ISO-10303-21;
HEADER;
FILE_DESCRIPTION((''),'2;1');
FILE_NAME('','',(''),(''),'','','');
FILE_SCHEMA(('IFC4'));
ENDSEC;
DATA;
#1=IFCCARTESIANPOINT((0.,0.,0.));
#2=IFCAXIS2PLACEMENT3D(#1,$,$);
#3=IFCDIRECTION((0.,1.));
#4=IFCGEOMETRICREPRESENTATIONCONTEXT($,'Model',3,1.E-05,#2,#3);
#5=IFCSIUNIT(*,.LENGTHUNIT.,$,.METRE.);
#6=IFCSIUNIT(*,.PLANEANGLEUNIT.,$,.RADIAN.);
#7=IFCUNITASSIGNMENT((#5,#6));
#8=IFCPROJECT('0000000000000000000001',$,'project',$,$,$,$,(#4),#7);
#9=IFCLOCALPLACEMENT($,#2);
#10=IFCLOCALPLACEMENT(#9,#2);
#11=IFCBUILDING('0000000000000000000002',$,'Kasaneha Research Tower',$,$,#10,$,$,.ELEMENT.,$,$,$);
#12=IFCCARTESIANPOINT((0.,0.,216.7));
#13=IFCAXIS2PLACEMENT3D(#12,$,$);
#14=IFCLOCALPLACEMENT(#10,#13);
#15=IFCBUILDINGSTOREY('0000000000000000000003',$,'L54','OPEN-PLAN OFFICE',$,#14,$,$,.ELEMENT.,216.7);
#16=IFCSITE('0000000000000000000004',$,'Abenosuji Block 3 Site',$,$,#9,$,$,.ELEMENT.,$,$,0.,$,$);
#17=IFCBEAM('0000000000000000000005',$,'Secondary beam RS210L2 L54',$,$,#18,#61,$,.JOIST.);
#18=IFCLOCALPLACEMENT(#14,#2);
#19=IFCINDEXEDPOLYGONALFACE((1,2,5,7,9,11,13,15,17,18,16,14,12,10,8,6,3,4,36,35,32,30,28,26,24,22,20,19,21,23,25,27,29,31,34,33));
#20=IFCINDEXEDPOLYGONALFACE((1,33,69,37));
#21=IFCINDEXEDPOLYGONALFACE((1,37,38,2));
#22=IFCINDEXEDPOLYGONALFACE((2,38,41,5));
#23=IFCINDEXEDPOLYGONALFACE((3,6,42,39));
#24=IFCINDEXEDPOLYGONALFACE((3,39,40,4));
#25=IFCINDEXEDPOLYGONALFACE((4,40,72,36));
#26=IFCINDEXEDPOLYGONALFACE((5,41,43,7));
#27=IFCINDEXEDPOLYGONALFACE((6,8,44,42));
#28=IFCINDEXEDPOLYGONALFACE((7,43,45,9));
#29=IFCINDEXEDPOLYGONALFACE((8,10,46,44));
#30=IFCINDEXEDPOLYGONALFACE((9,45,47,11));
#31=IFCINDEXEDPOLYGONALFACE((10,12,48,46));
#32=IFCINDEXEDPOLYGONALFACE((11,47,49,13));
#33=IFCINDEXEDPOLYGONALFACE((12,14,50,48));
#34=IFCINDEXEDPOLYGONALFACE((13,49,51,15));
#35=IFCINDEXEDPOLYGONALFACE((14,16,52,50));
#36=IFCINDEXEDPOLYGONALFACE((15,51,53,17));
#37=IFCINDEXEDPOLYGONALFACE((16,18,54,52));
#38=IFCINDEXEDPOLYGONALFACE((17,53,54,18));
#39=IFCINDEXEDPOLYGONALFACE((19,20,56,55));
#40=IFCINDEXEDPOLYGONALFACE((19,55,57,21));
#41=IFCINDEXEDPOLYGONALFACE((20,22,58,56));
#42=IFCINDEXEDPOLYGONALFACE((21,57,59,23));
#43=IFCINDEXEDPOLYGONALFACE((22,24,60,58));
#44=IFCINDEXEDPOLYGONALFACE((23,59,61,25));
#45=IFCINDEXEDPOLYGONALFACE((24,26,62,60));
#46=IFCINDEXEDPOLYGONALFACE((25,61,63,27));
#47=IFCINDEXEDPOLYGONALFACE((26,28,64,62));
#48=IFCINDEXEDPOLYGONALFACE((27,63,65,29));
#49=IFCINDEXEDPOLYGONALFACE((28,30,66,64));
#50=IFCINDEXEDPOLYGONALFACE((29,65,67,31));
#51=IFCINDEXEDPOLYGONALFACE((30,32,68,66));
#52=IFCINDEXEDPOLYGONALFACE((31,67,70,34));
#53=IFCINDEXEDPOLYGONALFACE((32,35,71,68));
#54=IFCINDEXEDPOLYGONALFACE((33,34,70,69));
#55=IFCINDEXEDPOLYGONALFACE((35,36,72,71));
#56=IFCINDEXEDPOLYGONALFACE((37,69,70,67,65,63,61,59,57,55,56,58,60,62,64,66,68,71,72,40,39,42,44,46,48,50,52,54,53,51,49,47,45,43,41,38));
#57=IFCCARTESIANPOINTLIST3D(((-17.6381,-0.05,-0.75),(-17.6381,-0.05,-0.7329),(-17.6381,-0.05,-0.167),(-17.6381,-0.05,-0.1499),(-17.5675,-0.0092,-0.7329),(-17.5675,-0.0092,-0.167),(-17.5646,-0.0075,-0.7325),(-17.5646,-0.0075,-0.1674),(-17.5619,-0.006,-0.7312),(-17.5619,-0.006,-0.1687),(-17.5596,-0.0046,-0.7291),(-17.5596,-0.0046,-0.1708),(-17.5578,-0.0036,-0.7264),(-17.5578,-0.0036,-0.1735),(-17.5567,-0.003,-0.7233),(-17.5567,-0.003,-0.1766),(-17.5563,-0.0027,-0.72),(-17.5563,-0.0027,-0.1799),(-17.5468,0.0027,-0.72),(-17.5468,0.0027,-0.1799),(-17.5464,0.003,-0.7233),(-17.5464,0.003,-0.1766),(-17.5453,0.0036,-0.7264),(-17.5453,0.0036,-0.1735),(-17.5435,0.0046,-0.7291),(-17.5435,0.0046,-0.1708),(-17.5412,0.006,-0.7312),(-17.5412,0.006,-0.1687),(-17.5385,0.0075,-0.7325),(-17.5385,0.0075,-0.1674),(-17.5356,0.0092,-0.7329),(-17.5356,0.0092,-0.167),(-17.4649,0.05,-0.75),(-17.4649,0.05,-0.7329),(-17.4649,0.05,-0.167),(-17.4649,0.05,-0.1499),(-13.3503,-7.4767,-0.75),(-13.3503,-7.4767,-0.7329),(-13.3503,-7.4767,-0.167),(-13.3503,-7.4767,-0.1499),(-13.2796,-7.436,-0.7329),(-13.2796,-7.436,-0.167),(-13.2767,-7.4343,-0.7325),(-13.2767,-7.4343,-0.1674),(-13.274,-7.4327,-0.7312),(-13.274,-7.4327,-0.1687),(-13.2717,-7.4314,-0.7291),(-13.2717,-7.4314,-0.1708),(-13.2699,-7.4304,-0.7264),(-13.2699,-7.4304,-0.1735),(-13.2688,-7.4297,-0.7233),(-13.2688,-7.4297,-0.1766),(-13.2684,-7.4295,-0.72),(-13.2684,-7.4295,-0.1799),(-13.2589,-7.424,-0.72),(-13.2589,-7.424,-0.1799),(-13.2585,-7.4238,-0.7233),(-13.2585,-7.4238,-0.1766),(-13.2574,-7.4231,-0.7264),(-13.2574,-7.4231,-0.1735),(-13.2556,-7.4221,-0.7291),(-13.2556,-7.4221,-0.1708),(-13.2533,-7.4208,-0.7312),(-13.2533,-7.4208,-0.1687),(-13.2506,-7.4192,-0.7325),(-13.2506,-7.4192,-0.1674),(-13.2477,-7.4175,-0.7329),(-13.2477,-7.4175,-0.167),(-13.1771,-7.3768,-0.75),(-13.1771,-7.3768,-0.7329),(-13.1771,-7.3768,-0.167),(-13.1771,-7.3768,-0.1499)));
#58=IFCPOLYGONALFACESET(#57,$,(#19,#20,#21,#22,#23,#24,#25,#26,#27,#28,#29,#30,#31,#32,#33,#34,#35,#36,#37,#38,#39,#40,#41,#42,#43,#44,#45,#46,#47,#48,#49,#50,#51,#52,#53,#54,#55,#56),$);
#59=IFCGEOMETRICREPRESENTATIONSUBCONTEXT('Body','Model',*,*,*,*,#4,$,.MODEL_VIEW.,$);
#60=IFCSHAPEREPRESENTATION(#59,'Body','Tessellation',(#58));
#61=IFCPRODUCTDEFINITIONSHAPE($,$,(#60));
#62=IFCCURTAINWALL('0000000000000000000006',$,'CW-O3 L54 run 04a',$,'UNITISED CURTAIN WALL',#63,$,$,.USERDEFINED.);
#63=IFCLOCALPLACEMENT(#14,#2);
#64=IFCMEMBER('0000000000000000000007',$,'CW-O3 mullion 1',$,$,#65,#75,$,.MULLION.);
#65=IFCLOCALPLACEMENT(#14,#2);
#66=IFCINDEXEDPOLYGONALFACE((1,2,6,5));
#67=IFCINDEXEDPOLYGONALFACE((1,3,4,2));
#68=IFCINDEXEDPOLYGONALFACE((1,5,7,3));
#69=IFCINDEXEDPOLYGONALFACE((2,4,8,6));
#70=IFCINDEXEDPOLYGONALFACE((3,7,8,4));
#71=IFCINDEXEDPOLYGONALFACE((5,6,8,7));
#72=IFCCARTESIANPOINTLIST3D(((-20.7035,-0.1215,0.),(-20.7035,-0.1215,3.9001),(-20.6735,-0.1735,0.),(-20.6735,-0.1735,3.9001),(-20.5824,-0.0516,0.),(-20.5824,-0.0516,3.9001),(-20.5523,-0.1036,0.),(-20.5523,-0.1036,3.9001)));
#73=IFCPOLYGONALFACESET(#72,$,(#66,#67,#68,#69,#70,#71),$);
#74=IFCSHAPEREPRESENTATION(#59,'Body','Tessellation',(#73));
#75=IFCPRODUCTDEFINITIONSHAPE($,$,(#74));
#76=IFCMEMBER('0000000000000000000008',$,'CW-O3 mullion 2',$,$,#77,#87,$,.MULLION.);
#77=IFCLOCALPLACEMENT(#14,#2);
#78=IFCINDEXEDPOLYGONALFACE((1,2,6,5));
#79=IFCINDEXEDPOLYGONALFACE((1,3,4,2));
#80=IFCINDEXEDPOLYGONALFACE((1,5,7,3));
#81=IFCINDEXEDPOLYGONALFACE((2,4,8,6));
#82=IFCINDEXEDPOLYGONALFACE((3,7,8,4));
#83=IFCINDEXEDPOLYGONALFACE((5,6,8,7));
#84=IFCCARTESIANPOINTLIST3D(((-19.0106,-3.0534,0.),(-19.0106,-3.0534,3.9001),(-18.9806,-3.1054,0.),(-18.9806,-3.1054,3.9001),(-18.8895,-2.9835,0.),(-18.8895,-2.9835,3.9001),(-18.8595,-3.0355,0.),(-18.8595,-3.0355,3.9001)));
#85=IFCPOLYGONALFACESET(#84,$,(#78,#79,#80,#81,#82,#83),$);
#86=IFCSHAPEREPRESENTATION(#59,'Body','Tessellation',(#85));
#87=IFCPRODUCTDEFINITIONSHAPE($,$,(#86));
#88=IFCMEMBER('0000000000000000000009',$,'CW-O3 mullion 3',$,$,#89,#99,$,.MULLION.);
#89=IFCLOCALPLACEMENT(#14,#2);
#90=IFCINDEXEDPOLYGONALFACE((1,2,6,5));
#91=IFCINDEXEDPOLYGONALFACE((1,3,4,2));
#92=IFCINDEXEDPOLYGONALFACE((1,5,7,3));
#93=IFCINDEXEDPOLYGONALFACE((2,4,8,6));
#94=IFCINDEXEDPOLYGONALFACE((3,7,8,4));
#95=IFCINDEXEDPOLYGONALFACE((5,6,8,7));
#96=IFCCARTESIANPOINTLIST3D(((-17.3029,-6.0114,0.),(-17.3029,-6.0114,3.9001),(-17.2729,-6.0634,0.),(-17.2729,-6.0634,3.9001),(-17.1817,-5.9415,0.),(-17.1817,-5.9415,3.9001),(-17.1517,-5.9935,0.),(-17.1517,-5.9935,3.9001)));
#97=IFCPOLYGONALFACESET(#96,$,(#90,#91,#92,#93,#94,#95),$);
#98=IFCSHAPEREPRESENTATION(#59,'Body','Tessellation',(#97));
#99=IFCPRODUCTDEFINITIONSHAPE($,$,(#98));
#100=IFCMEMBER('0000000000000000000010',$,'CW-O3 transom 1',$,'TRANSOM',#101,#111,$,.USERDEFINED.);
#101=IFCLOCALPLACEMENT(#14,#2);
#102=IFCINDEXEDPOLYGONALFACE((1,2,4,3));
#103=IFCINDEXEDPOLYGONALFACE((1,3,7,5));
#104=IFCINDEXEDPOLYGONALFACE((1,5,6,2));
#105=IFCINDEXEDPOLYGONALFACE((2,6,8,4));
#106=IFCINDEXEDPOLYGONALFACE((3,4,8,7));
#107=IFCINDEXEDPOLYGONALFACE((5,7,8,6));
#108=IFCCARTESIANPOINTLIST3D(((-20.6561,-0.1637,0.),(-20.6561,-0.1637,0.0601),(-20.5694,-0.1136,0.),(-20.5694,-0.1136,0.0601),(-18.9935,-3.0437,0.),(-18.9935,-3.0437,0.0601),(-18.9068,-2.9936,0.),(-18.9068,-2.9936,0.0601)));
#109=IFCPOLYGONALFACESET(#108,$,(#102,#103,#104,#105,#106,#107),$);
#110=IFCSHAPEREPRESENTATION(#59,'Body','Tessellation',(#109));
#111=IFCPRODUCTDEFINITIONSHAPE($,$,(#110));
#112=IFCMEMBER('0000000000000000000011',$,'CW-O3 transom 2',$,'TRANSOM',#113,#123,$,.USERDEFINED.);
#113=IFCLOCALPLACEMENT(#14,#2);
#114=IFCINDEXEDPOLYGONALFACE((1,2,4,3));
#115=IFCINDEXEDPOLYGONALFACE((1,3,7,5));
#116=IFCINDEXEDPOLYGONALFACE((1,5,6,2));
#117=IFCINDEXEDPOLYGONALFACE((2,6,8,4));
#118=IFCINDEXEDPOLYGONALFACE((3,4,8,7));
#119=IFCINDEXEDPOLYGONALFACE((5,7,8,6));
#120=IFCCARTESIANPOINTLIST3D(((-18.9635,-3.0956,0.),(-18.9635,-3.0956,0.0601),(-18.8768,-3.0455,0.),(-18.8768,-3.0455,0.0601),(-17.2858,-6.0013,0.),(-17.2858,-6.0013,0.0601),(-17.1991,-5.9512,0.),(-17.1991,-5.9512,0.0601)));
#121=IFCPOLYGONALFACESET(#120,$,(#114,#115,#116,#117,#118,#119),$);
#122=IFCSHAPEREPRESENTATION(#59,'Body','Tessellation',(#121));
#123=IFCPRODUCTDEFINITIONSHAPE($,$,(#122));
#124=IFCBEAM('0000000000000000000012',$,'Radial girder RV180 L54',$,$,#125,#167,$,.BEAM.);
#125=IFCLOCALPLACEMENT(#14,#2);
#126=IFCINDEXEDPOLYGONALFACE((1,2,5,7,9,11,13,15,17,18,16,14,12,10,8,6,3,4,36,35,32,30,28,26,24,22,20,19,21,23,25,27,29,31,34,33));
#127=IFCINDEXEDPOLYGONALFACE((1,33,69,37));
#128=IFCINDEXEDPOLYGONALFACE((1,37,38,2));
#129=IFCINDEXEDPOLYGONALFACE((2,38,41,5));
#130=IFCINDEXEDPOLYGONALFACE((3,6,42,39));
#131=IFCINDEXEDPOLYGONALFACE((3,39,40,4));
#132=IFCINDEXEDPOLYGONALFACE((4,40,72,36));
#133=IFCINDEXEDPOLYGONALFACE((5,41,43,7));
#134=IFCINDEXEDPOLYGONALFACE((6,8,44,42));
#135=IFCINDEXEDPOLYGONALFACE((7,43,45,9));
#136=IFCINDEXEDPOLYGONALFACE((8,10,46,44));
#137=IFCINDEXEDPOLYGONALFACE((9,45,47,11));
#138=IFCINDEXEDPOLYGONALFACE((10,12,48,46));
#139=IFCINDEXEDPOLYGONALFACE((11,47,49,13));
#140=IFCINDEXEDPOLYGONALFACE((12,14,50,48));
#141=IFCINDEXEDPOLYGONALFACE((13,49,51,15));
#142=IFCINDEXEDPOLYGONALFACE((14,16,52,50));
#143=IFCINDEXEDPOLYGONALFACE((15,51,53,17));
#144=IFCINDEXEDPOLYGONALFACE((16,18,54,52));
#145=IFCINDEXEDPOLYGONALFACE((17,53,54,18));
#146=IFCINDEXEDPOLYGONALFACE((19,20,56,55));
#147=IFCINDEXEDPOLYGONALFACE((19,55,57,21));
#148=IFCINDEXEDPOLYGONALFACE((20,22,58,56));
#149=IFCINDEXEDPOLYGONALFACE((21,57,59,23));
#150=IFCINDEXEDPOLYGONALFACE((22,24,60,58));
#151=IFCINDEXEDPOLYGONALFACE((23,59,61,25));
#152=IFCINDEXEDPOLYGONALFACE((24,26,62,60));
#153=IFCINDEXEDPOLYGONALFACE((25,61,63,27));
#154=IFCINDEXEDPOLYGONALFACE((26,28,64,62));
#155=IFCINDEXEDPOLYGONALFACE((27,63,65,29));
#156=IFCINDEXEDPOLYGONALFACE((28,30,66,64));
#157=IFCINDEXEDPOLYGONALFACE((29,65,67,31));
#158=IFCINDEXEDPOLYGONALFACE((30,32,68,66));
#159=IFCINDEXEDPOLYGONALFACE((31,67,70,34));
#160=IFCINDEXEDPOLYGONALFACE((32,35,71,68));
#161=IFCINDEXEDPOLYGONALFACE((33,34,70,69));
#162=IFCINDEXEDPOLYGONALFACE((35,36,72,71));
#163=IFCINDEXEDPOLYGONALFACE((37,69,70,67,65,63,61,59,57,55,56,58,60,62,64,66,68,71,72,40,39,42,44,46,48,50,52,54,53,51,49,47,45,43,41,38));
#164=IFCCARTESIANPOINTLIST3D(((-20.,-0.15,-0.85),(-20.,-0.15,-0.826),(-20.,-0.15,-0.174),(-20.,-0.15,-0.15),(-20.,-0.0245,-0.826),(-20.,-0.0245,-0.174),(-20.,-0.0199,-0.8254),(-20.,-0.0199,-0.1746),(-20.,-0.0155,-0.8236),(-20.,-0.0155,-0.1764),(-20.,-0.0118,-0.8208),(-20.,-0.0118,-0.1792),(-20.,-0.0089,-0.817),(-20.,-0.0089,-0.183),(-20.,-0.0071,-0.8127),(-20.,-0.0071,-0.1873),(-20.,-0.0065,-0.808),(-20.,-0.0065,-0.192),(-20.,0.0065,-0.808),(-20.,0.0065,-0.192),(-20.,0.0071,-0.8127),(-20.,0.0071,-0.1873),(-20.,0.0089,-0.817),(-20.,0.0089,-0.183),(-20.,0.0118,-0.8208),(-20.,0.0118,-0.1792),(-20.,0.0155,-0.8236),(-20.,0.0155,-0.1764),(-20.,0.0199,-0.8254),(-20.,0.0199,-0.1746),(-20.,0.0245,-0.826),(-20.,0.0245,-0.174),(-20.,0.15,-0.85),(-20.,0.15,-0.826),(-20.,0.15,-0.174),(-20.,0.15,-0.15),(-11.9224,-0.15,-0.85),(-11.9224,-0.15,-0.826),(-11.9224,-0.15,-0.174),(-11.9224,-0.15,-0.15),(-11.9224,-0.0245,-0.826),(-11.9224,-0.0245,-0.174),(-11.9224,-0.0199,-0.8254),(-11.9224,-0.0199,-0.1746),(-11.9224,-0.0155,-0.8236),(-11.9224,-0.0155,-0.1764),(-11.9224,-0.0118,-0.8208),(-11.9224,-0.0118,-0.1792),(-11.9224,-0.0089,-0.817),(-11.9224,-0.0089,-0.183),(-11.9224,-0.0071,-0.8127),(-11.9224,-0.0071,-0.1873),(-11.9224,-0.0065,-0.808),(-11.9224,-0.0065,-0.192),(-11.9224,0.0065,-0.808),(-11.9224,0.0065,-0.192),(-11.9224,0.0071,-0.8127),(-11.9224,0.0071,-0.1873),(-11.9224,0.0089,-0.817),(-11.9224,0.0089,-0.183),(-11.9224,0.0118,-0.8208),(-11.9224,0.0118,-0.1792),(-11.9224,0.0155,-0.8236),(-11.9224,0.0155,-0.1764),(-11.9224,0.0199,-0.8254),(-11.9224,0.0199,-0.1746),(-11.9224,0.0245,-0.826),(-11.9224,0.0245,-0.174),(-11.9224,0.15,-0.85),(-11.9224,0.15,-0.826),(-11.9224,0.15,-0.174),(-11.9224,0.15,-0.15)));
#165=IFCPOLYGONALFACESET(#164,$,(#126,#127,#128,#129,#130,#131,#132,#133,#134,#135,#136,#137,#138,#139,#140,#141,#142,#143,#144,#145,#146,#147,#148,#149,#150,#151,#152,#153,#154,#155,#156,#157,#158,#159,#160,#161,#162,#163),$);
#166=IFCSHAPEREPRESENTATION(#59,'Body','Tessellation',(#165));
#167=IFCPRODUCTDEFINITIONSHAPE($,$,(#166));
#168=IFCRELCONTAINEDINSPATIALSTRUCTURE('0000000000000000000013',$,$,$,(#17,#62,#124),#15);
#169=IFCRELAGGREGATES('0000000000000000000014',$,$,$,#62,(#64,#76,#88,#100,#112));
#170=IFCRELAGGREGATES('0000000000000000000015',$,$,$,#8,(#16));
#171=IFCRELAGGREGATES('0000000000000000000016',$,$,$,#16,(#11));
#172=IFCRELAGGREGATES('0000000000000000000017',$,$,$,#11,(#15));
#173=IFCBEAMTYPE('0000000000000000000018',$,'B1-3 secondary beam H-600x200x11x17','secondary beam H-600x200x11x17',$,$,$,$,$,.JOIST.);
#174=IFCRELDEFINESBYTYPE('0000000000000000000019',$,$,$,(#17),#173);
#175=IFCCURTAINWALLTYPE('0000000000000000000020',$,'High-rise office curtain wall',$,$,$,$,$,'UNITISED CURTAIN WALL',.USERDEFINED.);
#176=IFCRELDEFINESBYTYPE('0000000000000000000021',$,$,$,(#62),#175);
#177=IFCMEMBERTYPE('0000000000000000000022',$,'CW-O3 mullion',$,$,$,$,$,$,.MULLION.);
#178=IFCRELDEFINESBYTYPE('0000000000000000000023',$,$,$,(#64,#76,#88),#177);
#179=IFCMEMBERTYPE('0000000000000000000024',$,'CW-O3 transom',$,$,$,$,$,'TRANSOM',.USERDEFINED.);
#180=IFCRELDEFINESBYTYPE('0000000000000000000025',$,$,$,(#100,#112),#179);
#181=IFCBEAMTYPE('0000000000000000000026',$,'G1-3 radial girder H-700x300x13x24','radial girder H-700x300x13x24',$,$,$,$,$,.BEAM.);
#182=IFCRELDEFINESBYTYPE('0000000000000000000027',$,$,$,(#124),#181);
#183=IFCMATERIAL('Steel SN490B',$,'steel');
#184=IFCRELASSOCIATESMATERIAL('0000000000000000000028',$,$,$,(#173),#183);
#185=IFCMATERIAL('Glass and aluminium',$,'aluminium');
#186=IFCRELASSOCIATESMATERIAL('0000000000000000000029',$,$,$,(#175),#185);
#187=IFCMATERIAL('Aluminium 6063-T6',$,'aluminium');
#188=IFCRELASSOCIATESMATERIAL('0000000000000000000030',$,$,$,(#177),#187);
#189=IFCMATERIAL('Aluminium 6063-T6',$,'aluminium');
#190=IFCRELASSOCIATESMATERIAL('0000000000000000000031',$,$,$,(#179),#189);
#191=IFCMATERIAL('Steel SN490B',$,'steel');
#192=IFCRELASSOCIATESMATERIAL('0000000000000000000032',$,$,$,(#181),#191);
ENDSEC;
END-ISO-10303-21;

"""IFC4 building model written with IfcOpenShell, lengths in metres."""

from ifc_helpers import new_model, si_unit, direction, frame, origin, origin_2d, place, context, subcontext, project, spatial, rectangle, i_section, extrude, material, material_profile, profile_set, type_object, element, aggregate, save


model = new_model("IFC4")

# Units and contexts
model_context = context("Model", 3, precision=1e-05, world=origin(), true_north=direction((0.0, 1.0)))
body_context = subcontext(model_context, "Body", "Model", "MODEL_VIEW")
ifc_project = project(units=[si_unit("LENGTHUNIT", "METRE"), si_unit("PLANEANGLEUNIT", "RADIAN")], contexts=[model_context])

# Site, building, storey
site_placement = place(None, origin())
site = spatial("IfcSite", under=ifc_project, at=site_placement, Name="Abenosuji Block 3 Site", CompositionType="ELEMENT", RefElevation=0.0)
building_placement = place(site_placement, origin())
building = spatial("IfcBuilding", under=site, at=building_placement, Name="Kasaneha Research Tower", CompositionType="ELEMENT")
storey_placement = place(building_placement, frame((0.0, 0.0, 216.7)))
storey = spatial("IfcBuildingStorey", under=building, at=storey_placement, Name="L54", Description="OPEN-PLAN OFFICE", CompositionType="ELEMENT", Elevation=216.7)

# Beam
ifc_material_1 = material(Name="Steel SN490B", Category="steel")
ifc_material_profile_1 = material_profile(ifc_material_1, i_section(OverallWidth=0.2, OverallDepth=0.6001, WebThickness=0.011, FlangeThickness=0.0171, FilletRadius=0.0129, at=origin_2d()), Name="H-600x200x11x17")
ifc_profile_set_1 = profile_set([ifc_material_profile_1], Name="Steel SN490B")
beam_type_1 = type_object("IfcBeamType", Name="B1-3 secondary beam H-600x200x11x17", Description="secondary beam H-600x200x11x17", PredefinedType="JOIST", material=ifc_profile_set_1)
beam_1_placement = place(storey_placement, frame((-17.5515, 0.0, -0.45), z_axis=(0.5, -0.866025, 0.0), x_axis=(0.866025, 0.5, 0.0)))
element("IfcBeam", 1, at=beam_1_placement, inside=storey, type_object=beam_type_1, Name="Secondary beam RS210L2 L54", PredefinedType="JOIST", context=body_context, shape_type="SweptSolid", body=[
    extrude(i_section(OverallWidth=0.2, OverallDepth=0.6001, WebThickness=0.011, FlangeThickness=0.0171, FilletRadius=0.0129, at=origin_2d()), origin(), (0.0, 0.0, 1.0), 8.5757),
])

# Curtain wall, members
ifc_material_2 = material(Name="Glass and aluminium", Category="aluminium")
curtain_wall_type = type_object("IfcCurtainWallType", Name="High-rise office curtain wall", ElementType="UNITISED CURTAIN WALL", PredefinedType="USERDEFINED", material=ifc_material_2)
curtain_wall_placement = place(storey_placement, origin())
curtain_wall = element("IfcCurtainWall", 2, at=curtain_wall_placement, inside=storey, type_object=curtain_wall_type, Name="CW-O3 L54 run 04a", ObjectType="UNITISED CURTAIN WALL", PredefinedType="USERDEFINED")
ifc_material_3 = material(Name="Aluminium 6063-T6", Category="aluminium")
ifc_material_profile_2 = material_profile(ifc_material_3, rectangle(XDim=0.0601, YDim=0.1399, at=origin_2d()), Name="CW-O3 mullion 60x140")
ifc_profile_set_2 = profile_set([ifc_material_profile_2], Name="Aluminium 6063-T6")
member_type_1 = type_object("IfcMemberType", Name="CW-O3 mullion", PredefinedType="MULLION", material=ifc_profile_set_2)
member_1_placement = place(storey_placement, frame((-20.6279, -0.1125, 0.0), z_axis=(0.0, 0.0, 1.0), x_axis=(0.5, -0.866025, 0.0)))
member_1 = element("IfcMember", 3, at=member_1_placement, type_object=member_type_1, Name="CW-O3 mullion 1", PredefinedType="MULLION", context=body_context, shape_type="SweptSolid", body=[
    extrude(rectangle(XDim=0.0601, YDim=0.1399, at=origin_2d()), origin(), (0.0, 0.0, 1.0), 3.9001),
])
member_2_placement = place(storey_placement, frame((-18.9351, -3.0444, 0.0), z_axis=(0.0, 0.0, 1.0), x_axis=(0.5, -0.866025, 0.0)))
member_2 = element("IfcMember", 4, at=member_2_placement, type_object=member_type_1, Name="CW-O3 mullion 2", PredefinedType="MULLION", context=body_context, shape_type="SweptSolid", body=[
    extrude(rectangle(XDim=0.0601, YDim=0.1399, at=origin_2d()), origin(), (0.0, 0.0, 1.0), 3.9001),
])
member_3_placement = place(storey_placement, frame((-17.2273, -6.0024, 0.0), z_axis=(0.0, 0.0, 1.0), x_axis=(0.5, -0.866025, 0.0)))
member_3 = element("IfcMember", 5, at=member_3_placement, type_object=member_type_1, Name="CW-O3 mullion 3", PredefinedType="MULLION", context=body_context, shape_type="SweptSolid", body=[
    extrude(rectangle(XDim=0.0601, YDim=0.1399, at=origin_2d()), origin(), (0.0, 0.0, 1.0), 3.9001),
])
ifc_material_4 = material(Name="Aluminium 6063-T6", Category="aluminium")
ifc_material_profile_3 = material_profile(ifc_material_4, rectangle(XDim=0.1001, YDim=0.0601, at=origin_2d()), Name="CW-O3 transom 100x60")
ifc_profile_set_3 = profile_set([ifc_material_profile_3], Name="Aluminium 6063-T6")
member_type_2 = type_object("IfcMemberType", Name="CW-O3 transom", ElementType="TRANSOM", PredefinedType="USERDEFINED", material=ifc_profile_set_3)
member_4_placement = place(storey_placement, frame((-20.6128, -0.1387, 0.03), z_axis=(0.499977, -0.866039, 0.0), x_axis=(0.866039, 0.499977, 0.0)))
member_4 = element("IfcMember", 6, at=member_4_placement, type_object=member_type_2, Name="CW-O3 transom 1", ObjectType="TRANSOM", PredefinedType="USERDEFINED", context=body_context, shape_type="SweptSolid", body=[
    extrude(rectangle(XDim=0.1001, YDim=0.0601, at=origin_2d()), origin(), (0.0, 0.0, 1.0), 3.3254),
])
member_5_placement = place(storey_placement, frame((-18.9202, -3.0706, 0.03), z_axis=(0.500021, -0.866014, 0.0), x_axis=(0.866014, 0.500021, 0.0)))
member_5 = element("IfcMember", 7, at=member_5_placement, type_object=member_type_2, Name="CW-O3 transom 2", ObjectType="TRANSOM", PredefinedType="USERDEFINED", context=body_context, shape_type="SweptSolid", body=[
    extrude(rectangle(XDim=0.1001, YDim=0.0601, at=origin_2d()), origin(), (0.0, 0.0, 1.0), 3.3552),
])

# Beam
ifc_material_5 = material(Name="Steel SN490B", Category="steel")
ifc_material_profile_4 = material_profile(ifc_material_5, i_section(OverallWidth=0.3, OverallDepth=0.7, WebThickness=0.0129, FlangeThickness=0.0239, FilletRadius=0.0181, at=origin_2d()), Name="H-700x300x13x24")
ifc_profile_set_4 = profile_set([ifc_material_profile_4], Name="Steel SN490B")
beam_type_2 = type_object("IfcBeamType", Name="G1-3 radial girder H-700x300x13x24", Description="radial girder H-700x300x13x24", PredefinedType="BEAM", material=ifc_profile_set_4)
beam_2_placement = place(storey_placement, frame((-11.9224, 0.0, -0.5), z_axis=(-1.0, 0.0, 0.0), x_axis=(0.0, -1.0, 0.0)))
element("IfcBeam", 8, at=beam_2_placement, inside=storey, type_object=beam_type_2, Name="Radial girder RV180 L54", PredefinedType="BEAM", context=body_context, shape_type="SweptSolid", body=[
    extrude(i_section(OverallWidth=0.3, OverallDepth=0.7, WebThickness=0.0129, FlangeThickness=0.0239, FilletRadius=0.0181, at=origin_2d()), origin(), (0.0, 0.0, 1.0), 8.0776),
])

aggregate(curtain_wall, [member_1, member_2, member_3, member_4, member_5])

save(model, "model.ifc")
